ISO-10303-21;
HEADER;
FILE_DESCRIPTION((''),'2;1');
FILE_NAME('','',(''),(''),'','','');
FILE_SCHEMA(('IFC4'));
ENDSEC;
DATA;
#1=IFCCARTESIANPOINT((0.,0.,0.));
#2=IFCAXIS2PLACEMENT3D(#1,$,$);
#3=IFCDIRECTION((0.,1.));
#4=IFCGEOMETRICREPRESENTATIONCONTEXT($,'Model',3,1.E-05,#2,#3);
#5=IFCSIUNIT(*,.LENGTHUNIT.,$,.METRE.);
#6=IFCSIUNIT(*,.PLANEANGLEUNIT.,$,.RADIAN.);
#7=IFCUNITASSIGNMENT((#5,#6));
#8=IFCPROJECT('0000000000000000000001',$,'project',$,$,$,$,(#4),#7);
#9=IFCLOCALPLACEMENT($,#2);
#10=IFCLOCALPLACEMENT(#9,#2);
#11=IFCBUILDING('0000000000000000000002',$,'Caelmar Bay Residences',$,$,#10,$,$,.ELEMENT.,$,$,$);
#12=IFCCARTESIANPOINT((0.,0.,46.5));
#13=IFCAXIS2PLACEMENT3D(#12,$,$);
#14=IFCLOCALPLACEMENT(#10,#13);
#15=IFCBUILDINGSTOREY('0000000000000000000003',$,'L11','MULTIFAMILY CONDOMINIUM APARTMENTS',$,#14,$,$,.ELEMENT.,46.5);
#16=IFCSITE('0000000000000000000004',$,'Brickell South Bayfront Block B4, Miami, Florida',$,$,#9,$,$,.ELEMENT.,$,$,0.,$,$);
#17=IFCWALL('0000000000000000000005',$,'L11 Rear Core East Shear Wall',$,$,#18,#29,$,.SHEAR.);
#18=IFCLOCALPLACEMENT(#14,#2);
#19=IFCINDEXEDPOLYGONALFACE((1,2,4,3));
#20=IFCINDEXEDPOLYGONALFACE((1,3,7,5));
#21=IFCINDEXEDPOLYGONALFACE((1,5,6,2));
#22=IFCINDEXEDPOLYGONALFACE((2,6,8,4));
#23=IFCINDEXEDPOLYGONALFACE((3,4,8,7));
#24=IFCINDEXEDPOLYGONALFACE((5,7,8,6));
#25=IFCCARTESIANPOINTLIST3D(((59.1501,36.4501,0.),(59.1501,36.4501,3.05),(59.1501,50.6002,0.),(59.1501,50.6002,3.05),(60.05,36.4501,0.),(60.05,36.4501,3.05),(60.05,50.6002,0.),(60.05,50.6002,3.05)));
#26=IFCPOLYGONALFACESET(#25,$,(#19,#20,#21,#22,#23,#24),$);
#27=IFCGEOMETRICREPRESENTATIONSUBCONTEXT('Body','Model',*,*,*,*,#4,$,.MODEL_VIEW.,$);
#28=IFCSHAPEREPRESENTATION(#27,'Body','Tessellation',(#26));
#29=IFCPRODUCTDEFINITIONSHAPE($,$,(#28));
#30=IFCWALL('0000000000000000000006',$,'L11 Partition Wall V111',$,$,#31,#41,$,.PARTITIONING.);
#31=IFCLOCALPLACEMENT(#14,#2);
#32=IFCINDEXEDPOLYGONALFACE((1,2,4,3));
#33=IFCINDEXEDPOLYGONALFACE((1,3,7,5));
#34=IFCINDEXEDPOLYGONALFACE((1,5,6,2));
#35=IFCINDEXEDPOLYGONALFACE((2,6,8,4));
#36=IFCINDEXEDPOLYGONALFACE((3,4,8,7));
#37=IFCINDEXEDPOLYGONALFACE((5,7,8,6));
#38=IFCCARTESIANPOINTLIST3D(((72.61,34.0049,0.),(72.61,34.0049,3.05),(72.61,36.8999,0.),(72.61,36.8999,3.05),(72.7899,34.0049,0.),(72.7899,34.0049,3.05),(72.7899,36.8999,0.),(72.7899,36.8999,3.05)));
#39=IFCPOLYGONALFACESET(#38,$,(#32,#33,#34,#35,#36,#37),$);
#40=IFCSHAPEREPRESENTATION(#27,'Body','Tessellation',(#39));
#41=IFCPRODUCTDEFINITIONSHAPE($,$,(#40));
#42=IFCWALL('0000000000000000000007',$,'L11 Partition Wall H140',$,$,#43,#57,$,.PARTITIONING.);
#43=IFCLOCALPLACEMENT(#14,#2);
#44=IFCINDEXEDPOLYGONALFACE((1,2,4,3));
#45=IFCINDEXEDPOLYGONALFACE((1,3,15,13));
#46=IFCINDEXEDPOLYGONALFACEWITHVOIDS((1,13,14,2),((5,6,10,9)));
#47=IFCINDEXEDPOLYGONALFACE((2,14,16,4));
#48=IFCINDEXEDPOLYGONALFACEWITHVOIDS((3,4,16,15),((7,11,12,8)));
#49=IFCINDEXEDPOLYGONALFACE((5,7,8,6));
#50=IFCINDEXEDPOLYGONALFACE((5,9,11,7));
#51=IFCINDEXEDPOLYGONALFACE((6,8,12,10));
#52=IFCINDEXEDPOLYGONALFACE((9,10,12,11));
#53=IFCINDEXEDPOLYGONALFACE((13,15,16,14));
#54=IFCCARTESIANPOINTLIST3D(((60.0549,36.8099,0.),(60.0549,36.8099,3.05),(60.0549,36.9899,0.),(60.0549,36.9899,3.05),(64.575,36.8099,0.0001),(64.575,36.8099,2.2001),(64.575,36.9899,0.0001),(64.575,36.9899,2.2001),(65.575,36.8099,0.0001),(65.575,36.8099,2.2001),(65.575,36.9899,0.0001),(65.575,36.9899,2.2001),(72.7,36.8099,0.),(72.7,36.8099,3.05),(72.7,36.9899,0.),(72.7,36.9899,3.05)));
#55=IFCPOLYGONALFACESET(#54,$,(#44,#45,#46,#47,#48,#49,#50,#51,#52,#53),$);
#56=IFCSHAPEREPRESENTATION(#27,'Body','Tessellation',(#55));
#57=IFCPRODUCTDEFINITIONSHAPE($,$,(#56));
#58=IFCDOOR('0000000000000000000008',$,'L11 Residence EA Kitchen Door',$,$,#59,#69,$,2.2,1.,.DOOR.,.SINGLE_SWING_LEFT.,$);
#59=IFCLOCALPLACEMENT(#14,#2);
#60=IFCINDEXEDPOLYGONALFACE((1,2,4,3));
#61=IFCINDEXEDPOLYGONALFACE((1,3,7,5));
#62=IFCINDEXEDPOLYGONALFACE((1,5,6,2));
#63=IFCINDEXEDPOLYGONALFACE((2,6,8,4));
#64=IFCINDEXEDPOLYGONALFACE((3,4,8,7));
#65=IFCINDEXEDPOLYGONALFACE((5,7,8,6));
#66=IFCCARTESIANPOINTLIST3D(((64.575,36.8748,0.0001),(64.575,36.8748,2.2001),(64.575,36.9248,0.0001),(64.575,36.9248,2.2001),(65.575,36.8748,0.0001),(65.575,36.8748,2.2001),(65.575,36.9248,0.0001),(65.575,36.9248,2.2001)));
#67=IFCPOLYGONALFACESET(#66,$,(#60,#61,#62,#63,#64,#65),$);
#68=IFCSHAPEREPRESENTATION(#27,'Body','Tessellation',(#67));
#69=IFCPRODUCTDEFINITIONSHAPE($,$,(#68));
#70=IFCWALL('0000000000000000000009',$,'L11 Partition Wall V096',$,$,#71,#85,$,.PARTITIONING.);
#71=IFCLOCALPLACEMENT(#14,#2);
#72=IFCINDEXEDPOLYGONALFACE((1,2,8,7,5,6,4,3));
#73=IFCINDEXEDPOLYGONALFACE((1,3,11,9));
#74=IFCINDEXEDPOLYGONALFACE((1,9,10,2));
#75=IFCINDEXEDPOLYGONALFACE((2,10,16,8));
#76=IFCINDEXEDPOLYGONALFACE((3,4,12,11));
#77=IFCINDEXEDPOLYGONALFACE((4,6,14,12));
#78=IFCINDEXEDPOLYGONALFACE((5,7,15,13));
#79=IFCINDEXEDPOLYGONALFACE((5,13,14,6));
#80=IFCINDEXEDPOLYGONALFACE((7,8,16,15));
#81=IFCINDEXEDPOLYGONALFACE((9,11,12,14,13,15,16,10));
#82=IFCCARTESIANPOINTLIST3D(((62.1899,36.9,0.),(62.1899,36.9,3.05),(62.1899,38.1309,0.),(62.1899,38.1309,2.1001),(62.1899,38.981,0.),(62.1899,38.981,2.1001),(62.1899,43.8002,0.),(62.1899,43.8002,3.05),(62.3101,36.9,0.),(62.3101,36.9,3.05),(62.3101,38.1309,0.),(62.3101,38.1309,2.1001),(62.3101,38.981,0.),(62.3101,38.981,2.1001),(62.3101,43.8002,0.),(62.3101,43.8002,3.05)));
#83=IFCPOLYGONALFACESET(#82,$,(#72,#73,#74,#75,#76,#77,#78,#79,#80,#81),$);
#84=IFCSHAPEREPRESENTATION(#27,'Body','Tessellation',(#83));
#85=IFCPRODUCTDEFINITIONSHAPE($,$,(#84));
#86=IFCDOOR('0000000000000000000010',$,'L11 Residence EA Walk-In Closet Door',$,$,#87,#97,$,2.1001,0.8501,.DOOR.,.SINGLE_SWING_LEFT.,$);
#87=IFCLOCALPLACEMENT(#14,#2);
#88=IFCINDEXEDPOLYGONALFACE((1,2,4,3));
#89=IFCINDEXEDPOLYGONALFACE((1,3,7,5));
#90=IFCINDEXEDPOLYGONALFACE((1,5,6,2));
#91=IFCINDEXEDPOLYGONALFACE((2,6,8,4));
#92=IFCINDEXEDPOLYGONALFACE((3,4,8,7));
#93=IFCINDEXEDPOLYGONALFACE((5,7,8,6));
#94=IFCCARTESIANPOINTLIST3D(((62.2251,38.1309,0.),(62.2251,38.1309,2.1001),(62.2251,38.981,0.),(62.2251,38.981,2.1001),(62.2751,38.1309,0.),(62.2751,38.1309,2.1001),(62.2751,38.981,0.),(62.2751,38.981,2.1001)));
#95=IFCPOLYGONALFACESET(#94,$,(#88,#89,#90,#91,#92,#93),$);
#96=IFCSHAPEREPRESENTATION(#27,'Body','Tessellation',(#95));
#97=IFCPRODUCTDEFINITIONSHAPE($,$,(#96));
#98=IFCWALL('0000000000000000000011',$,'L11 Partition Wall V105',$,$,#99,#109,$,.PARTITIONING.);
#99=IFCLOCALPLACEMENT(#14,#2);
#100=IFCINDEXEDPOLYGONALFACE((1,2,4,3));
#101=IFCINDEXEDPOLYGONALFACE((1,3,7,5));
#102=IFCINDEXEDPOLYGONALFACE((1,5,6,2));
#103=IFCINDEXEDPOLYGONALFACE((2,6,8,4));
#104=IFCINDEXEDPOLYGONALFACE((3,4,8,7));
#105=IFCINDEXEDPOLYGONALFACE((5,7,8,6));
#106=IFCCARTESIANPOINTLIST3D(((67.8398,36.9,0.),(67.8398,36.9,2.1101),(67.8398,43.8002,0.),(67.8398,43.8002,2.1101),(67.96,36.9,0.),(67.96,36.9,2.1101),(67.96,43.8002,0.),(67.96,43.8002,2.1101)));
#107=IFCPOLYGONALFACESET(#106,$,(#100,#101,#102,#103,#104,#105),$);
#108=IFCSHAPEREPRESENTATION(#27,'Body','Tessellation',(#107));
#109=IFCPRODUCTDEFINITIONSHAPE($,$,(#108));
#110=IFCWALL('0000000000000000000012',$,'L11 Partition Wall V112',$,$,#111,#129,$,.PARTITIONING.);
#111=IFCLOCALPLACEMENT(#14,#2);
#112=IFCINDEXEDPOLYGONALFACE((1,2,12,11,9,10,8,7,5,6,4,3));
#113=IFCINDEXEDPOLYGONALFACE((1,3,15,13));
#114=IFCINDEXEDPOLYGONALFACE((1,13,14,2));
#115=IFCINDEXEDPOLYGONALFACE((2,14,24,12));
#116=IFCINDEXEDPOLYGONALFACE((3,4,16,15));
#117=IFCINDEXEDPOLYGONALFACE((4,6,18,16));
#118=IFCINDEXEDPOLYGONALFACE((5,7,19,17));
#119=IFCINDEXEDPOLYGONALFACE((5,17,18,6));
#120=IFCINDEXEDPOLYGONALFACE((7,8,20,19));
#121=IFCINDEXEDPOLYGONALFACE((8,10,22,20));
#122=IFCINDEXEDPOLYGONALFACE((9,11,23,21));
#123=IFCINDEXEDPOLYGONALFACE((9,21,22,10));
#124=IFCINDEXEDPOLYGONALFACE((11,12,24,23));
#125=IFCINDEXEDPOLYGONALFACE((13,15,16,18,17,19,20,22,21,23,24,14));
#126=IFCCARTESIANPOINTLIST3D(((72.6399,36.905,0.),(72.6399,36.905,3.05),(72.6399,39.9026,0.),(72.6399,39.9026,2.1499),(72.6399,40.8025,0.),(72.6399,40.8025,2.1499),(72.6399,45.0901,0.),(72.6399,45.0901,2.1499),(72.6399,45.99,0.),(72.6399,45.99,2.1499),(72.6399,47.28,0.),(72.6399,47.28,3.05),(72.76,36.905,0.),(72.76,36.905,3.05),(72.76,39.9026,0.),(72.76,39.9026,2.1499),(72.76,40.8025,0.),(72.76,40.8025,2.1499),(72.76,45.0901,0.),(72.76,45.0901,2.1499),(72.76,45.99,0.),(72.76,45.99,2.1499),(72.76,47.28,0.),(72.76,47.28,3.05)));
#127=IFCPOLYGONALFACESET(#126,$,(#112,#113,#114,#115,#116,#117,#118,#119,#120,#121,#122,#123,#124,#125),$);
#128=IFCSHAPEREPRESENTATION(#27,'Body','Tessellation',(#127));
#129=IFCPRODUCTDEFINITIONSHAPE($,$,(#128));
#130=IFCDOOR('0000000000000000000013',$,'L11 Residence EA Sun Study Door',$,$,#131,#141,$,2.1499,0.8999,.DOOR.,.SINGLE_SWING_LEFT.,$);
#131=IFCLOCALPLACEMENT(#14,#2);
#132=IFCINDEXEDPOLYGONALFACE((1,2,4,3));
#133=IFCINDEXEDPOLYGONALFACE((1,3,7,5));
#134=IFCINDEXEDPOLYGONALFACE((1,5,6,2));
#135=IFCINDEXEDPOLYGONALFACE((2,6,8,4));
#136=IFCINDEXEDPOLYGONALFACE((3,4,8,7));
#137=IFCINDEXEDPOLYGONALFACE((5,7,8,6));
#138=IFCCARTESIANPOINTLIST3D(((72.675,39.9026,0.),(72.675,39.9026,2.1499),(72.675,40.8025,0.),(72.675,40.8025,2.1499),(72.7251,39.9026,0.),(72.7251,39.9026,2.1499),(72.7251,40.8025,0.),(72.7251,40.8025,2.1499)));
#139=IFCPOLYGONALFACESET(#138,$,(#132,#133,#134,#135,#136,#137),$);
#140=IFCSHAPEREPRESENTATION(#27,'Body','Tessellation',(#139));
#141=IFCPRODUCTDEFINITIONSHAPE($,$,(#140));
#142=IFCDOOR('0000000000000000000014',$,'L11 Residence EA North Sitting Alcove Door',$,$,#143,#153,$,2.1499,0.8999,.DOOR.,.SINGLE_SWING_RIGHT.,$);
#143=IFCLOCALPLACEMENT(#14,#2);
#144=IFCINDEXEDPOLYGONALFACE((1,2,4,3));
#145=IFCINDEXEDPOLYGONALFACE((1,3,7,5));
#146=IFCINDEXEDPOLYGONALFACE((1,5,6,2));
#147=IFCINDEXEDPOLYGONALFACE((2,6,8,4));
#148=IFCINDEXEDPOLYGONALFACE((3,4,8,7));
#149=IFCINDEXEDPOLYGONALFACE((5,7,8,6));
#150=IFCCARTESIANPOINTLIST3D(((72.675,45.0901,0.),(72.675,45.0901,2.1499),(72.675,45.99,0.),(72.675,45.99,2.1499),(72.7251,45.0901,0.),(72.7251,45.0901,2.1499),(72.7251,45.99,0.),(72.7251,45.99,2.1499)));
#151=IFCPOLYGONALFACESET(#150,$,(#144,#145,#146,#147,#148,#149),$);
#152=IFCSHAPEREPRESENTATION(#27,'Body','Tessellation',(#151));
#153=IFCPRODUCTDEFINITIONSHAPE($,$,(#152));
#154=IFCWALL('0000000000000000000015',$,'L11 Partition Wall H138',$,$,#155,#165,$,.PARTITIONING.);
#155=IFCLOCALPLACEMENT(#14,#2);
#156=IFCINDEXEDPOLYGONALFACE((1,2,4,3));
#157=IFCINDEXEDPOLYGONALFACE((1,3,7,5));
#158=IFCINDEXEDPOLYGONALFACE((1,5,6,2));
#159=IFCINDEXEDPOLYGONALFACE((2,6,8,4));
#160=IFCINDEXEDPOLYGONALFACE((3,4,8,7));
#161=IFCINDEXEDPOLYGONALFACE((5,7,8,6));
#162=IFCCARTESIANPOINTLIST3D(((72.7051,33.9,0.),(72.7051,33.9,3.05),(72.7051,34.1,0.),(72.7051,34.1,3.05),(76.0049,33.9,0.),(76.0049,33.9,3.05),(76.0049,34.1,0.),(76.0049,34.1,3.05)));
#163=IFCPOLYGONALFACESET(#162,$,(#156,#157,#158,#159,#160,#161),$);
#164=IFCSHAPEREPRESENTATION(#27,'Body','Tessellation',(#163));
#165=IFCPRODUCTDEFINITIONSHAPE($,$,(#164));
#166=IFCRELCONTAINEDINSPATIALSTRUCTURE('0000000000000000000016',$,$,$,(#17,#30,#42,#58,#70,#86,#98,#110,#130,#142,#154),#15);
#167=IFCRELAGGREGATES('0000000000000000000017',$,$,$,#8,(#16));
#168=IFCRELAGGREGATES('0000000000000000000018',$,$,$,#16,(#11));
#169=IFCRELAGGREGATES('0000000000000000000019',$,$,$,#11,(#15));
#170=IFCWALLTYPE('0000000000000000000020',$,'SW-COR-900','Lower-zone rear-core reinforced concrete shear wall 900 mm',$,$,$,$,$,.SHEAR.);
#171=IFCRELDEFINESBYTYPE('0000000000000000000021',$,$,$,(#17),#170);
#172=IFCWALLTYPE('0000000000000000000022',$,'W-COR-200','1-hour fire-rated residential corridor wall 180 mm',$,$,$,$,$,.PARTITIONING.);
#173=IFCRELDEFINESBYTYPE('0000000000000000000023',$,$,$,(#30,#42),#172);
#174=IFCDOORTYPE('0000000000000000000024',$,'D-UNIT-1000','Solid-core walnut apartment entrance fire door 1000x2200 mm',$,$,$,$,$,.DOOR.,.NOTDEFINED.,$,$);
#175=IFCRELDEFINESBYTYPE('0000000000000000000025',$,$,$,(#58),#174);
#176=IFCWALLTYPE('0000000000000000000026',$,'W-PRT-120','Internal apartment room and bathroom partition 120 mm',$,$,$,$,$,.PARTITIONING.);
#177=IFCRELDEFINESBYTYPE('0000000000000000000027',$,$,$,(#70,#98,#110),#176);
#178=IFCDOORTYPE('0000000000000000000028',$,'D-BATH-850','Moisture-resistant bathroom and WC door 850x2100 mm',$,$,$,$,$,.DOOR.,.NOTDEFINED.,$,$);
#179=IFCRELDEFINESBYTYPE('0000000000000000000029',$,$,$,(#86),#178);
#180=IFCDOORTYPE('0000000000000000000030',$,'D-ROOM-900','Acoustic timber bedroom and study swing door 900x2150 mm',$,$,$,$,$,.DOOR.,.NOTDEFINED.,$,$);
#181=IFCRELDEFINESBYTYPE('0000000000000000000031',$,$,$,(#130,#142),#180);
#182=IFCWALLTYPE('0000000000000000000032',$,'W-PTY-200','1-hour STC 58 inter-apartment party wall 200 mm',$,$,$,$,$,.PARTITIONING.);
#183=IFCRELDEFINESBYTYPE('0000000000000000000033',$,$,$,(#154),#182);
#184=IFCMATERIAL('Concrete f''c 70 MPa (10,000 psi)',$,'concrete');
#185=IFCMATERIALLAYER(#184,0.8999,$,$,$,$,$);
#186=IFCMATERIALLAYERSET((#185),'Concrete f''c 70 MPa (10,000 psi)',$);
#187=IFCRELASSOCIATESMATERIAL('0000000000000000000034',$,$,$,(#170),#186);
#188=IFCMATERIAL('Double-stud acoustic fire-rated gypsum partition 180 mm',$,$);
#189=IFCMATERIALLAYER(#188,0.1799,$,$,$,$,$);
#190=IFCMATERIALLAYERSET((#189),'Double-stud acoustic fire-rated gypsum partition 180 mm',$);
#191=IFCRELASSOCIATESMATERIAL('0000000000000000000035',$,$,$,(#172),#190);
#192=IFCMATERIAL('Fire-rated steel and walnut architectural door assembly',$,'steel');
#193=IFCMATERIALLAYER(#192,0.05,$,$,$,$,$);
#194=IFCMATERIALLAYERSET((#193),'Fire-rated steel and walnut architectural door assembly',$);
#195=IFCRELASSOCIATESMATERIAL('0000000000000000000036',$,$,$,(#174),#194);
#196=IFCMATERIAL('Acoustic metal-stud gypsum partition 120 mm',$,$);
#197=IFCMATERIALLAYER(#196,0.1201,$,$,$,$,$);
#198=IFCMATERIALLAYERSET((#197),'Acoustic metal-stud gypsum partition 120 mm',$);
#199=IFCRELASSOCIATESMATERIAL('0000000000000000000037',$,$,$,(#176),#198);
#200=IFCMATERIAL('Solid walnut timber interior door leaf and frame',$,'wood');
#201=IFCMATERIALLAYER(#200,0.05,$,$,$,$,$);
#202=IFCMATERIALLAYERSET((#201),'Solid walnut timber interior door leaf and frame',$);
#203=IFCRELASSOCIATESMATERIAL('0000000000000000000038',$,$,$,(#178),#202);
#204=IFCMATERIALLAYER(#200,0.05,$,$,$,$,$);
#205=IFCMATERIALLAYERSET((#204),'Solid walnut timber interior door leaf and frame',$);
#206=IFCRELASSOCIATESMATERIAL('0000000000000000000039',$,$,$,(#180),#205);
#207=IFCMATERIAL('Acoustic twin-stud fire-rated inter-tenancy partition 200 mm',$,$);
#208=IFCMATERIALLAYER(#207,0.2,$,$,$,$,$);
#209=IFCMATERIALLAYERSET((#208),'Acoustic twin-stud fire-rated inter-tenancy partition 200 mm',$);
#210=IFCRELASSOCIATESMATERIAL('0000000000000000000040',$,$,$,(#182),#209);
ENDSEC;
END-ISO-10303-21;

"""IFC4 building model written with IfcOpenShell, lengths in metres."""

from ifc_helpers import new_model, si_unit, direction, frame, frame_2d, origin, place, context, subcontext, project, spatial, rectangle, extrude, material, layer, layer_set, type_object, element, fill, save


model = new_model("IFC4")

# Units and contexts
model_context = context("Model", 3, precision=1e-05, world=origin(), true_north=direction((0.0, 1.0)))
body_context = subcontext(model_context, "Body", "Model", "MODEL_VIEW")
ifc_project = project(units=[si_unit("LENGTHUNIT", "METRE"), si_unit("PLANEANGLEUNIT", "RADIAN")], contexts=[model_context])

# Site, building, storey
site_placement = place(None, origin())
site = spatial("IfcSite", under=ifc_project, at=site_placement, Name="Brickell South Bayfront Block B4, Miami, Florida", CompositionType="ELEMENT", RefElevation=0.0)
building_placement = place(site_placement, origin())
building = spatial("IfcBuilding", under=site, at=building_placement, Name="Caelmar Bay Residences", CompositionType="ELEMENT")
storey_placement = place(building_placement, frame((0.0, 0.0, 46.5)))
storey = spatial("IfcBuildingStorey", under=building, at=storey_placement, Name="L11", Description="MULTIFAMILY CONDOMINIUM APARTMENTS", CompositionType="ELEMENT", Elevation=46.5)

# Walls
ifc_material_1 = material(Name="Concrete f'c 70 MPa (10,000 psi)", Category="concrete")
ifc_layer_1 = layer(ifc_material_1, 0.8999)
ifc_layer_set_1 = layer_set([ifc_layer_1], Name="Concrete f'c 70 MPa (10,000 psi)")
wall_type_1 = type_object("IfcWallType", Name="SW-COR-900", Description="Lower-zone rear-core reinforced concrete shear wall 900 mm", PredefinedType="SHEAR", material=ifc_layer_set_1)
wall_1_placement = place(storey_placement, frame((59.6001, 36.45, 0.0), z_axis=(0.0, 0.0, 1.0), x_axis=(0.0, 1.0, 0.0)))
element("IfcWall", 1, at=wall_1_placement, inside=storey, type_object=wall_type_1, Name="L11 Rear Core East Shear Wall", PredefinedType="SHEAR", context=body_context, shape_type="SweptSolid", body=[
    extrude(rectangle(XDim=14.1501, YDim=0.8999, at=frame_2d((7.0752, 0.0))), origin(), (0.0, 0.0, 1.0), 3.05),
])
ifc_material_2 = material(Name="Double-stud acoustic fire-rated gypsum partition 180 mm")
ifc_layer_2 = layer(ifc_material_2, 0.1799)
ifc_layer_set_2 = layer_set([ifc_layer_2], Name="Double-stud acoustic fire-rated gypsum partition 180 mm")
wall_type_2 = type_object("IfcWallType", Name="W-COR-200", Description="1-hour fire-rated residential corridor wall 180 mm", PredefinedType="PARTITIONING", material=ifc_layer_set_2)
wall_2_placement = place(storey_placement, frame((72.7, 34.0049, 0.0), z_axis=(0.0, 0.0, 1.0), x_axis=(0.0, 1.0, 0.0)))
element("IfcWall", 2, at=wall_2_placement, inside=storey, type_object=wall_type_2, Name="L11 Partition Wall V111", PredefinedType="PARTITIONING", context=body_context, shape_type="SweptSolid", body=[
    extrude(rectangle(XDim=2.895, YDim=0.1799, at=frame_2d((1.4475, 0.0))), origin(), (0.0, 0.0, 1.0), 3.05),
])

# Walls, openings, doors
wall_3_placement = place(storey_placement, frame((60.0549, 36.8999, 0.0), z_axis=(0.0, 0.0, 1.0), x_axis=(1.0, 0.0, 0.0)))
wall_3 = element("IfcWall", 3, at=wall_3_placement, inside=storey, type_object=wall_type_2, Name="L11 Partition Wall H140", PredefinedType="PARTITIONING", context=body_context, shape_type="SweptSolid", body=[
    extrude(rectangle(XDim=12.645, YDim=0.1799, at=frame_2d((6.3225, 0.0))), origin(), (0.0, 0.0, 1.0), 3.05),
])
opening_1_placement = place(wall_3_placement, frame((4.52, 0.0, 0.0)))
opening_1 = element("IfcOpeningElement", 4, at=opening_1_placement, cuts=wall_3, PredefinedType="OPENING", context=body_context, shape_type="SweptSolid", body=[
    extrude(rectangle(XDim=1.0, YDim=2.2, at=frame_2d((0.5, 1.1001))), frame((0.0, 0.0999, 0.0), z_axis=(0.0, -1.0, 0.0), x_axis=(1.0, 0.0, 0.0)), (0.0, 0.0, 1.0), 0.2),
])
ifc_material_3 = material(Name="Fire-rated steel and walnut architectural door assembly", Category="steel")
ifc_layer_3 = layer(ifc_material_3, 0.05)
ifc_layer_set_3 = layer_set([ifc_layer_3], Name="Fire-rated steel and walnut architectural door assembly")
door_type_1 = type_object("IfcDoorType", Name="D-UNIT-1000", Description="Solid-core walnut apartment entrance fire door 1000x2200 mm", OperationType="NOTDEFINED", PredefinedType="DOOR", material=ifc_layer_set_3)
door_1_placement = place(opening_1_placement, origin())
door_1 = element("IfcDoor", 5, at=door_1_placement, inside=storey, type_object=door_type_1, Name="L11 Residence EA Kitchen Door", OperationType="SINGLE_SWING_LEFT", OverallHeight=2.2, OverallWidth=1.0, PredefinedType="DOOR", context=body_context, shape_type="SweptSolid", body=[
    extrude(rectangle(XDim=1.0, YDim=2.2, at=frame_2d((0.5, 1.1001))), frame((0.0, 0.0249, 0.0), z_axis=(0.0, -1.0, 0.0), x_axis=(1.0, 0.0, 0.0)), (0.0, 0.0, 1.0), 0.05),
])
fill(opening_1, door_1)
ifc_material_4 = material(Name="Acoustic metal-stud gypsum partition 120 mm")
ifc_layer_4 = layer(ifc_material_4, 0.1201)
ifc_layer_set_4 = layer_set([ifc_layer_4], Name="Acoustic metal-stud gypsum partition 120 mm")
wall_type_3 = type_object("IfcWallType", Name="W-PRT-120", Description="Internal apartment room and bathroom partition 120 mm", PredefinedType="PARTITIONING", material=ifc_layer_set_4)
wall_4_placement = place(storey_placement, frame((62.25, 36.8999, 0.0), z_axis=(0.0, 0.0, 1.0), x_axis=(0.0, 1.0, 0.0)))
wall_4 = element("IfcWall", 6, at=wall_4_placement, inside=storey, type_object=wall_type_3, Name="L11 Partition Wall V096", PredefinedType="PARTITIONING", context=body_context, shape_type="SweptSolid", body=[
    extrude(rectangle(XDim=6.9001, YDim=0.1201, at=frame_2d((3.4502, 0.0))), origin(), (0.0, 0.0, 1.0), 3.05),
])
opening_2_placement = place(wall_4_placement, frame((1.231, 0.0, 0.0)))
opening_2 = element("IfcOpeningElement", 7, at=opening_2_placement, cuts=wall_4, PredefinedType="OPENING", context=body_context, shape_type="SweptSolid", body=[
    extrude(rectangle(XDim=0.8501, YDim=2.1001, at=frame_2d((0.425, 1.05))), frame((0.0, 0.0701, 0.0), z_axis=(0.0, -1.0, 0.0), x_axis=(1.0, 0.0, 0.0)), (0.0, 0.0, 1.0), 0.1401),
])
ifc_material_5 = material(Name="Solid walnut timber interior door leaf and frame", Category="wood")
ifc_layer_5 = layer(ifc_material_5, 0.05)
ifc_layer_set_5 = layer_set([ifc_layer_5], Name="Solid walnut timber interior door leaf and frame")
door_type_2 = type_object("IfcDoorType", Name="D-BATH-850", Description="Moisture-resistant bathroom and WC door 850x2100 mm", OperationType="NOTDEFINED", PredefinedType="DOOR", material=ifc_layer_set_5)
door_2_placement = place(opening_2_placement, origin())
door_2 = element("IfcDoor", 8, at=door_2_placement, inside=storey, type_object=door_type_2, Name="L11 Residence EA Walk-In Closet Door", OperationType="SINGLE_SWING_LEFT", OverallHeight=2.1001, OverallWidth=0.8501, PredefinedType="DOOR", context=body_context, shape_type="SweptSolid", body=[
    extrude(rectangle(XDim=0.8501, YDim=2.1001, at=frame_2d((0.425, 1.05))), frame((0.0, 0.0249, 0.0), z_axis=(0.0, -1.0, 0.0), x_axis=(1.0, 0.0, 0.0)), (0.0, 0.0, 1.0), 0.05),
])
fill(opening_2, door_2)

# Wall
wall_5_placement = place(storey_placement, frame((67.8999, 36.8999, 0.0), z_axis=(0.0, 0.0, 1.0), x_axis=(0.0, 1.0, 0.0)))
element("IfcWall", 9, at=wall_5_placement, inside=storey, type_object=wall_type_3, Name="L11 Partition Wall V105", PredefinedType="PARTITIONING", context=body_context, shape_type="SweptSolid", body=[
    extrude(rectangle(XDim=6.9001, YDim=0.1201, at=frame_2d((3.4502, 0.0))), origin(), (0.0, 0.0, 1.0), 2.1101),
])

# Wall, openings, doors
wall_6_placement = place(storey_placement, frame((72.7, 36.905, 0.0), z_axis=(0.0, 0.0, 1.0), x_axis=(0.0, 1.0, 0.0)))
wall_6 = element("IfcWall", 10, at=wall_6_placement, inside=storey, type_object=wall_type_3, Name="L11 Partition Wall V112", PredefinedType="PARTITIONING", context=body_context, shape_type="SweptSolid", body=[
    extrude(rectangle(XDim=10.375, YDim=0.1201, at=frame_2d((5.1875, 0.0))), origin(), (0.0, 0.0, 1.0), 3.05),
])
opening_3_placement = place(wall_6_placement, frame((2.9976, 0.0, 0.0)))
opening_3 = element("IfcOpeningElement", 11, at=opening_3_placement, cuts=wall_6, PredefinedType="OPENING", context=body_context, shape_type="SweptSolid", body=[
    extrude(rectangle(XDim=0.8999, YDim=2.1499, at=frame_2d((0.45, 1.075))), frame((0.0, 0.0701, 0.0), z_axis=(0.0, -1.0, 0.0), x_axis=(1.0, 0.0, 0.0)), (0.0, 0.0, 1.0), 0.1401),
])
opening_4_placement = place(wall_6_placement, frame((8.1851, 0.0, 0.0)))
opening_4 = element("IfcOpeningElement", 12, at=opening_4_placement, cuts=wall_6, PredefinedType="OPENING", context=body_context, shape_type="SweptSolid", body=[
    extrude(rectangle(XDim=0.8999, YDim=2.1499, at=frame_2d((0.45, 1.075))), frame((0.0, 0.0701, 0.0), z_axis=(0.0, -1.0, 0.0), x_axis=(1.0, 0.0, 0.0)), (0.0, 0.0, 1.0), 0.1401),
])
ifc_layer_6 = layer(ifc_material_5, 0.05)
ifc_layer_set_6 = layer_set([ifc_layer_6], Name="Solid walnut timber interior door leaf and frame")
door_type_3 = type_object("IfcDoorType", Name="D-ROOM-900", Description="Acoustic timber bedroom and study swing door 900x2150 mm", OperationType="NOTDEFINED", PredefinedType="DOOR", material=ifc_layer_set_6)
door_3_placement = place(opening_3_placement, origin())
door_3 = element("IfcDoor", 13, at=door_3_placement, inside=storey, type_object=door_type_3, Name="L11 Residence EA Sun Study Door", OperationType="SINGLE_SWING_LEFT", OverallHeight=2.1499, OverallWidth=0.8999, PredefinedType="DOOR", context=body_context, shape_type="SweptSolid", body=[
    extrude(rectangle(XDim=0.8999, YDim=2.1499, at=frame_2d((0.45, 1.075))), frame((0.0, 0.0249, 0.0), z_axis=(0.0, -1.0, 0.0), x_axis=(1.0, 0.0, 0.0)), (0.0, 0.0, 1.0), 0.05),
])
fill(opening_3, door_3)
door_4_placement = place(opening_4_placement, origin())
door_4 = element("IfcDoor", 14, at=door_4_placement, inside=storey, type_object=door_type_3, Name="L11 Residence EA North Sitting Alcove Door", OperationType="SINGLE_SWING_RIGHT", OverallHeight=2.1499, OverallWidth=0.8999, PredefinedType="DOOR", context=body_context, shape_type="SweptSolid", body=[
    extrude(rectangle(XDim=0.8999, YDim=2.1499, at=frame_2d((0.45, 1.075))), frame((0.0, 0.0249, 0.0), z_axis=(0.0, -1.0, 0.0), x_axis=(1.0, 0.0, 0.0)), (0.0, 0.0, 1.0), 0.05),
])
fill(opening_4, door_4)

# Wall
ifc_material_6 = material(Name="Acoustic twin-stud fire-rated inter-tenancy partition 200 mm")
ifc_layer_7 = layer(ifc_material_6, 0.2)
ifc_layer_set_7 = layer_set([ifc_layer_7], Name="Acoustic twin-stud fire-rated inter-tenancy partition 200 mm")
wall_type_4 = type_object("IfcWallType", Name="W-PTY-200", Description="1-hour STC 58 inter-apartment party wall 200 mm", PredefinedType="PARTITIONING", material=ifc_layer_set_7)
wall_7_placement = place(storey_placement, frame((72.7051, 34.0, 0.0), z_axis=(0.0, 0.0, 1.0), x_axis=(1.0, 0.0, 0.0)))
element("IfcWall", 15, at=wall_7_placement, inside=storey, type_object=wall_type_4, Name="L11 Partition Wall H138", PredefinedType="PARTITIONING", context=body_context, shape_type="SweptSolid", body=[
    extrude(rectangle(XDim=3.2998, YDim=0.2, at=frame_2d((1.6499, 0.0))), origin(), (0.0, 0.0, 1.0), 3.05),
])

save(model, "model.ifc")
